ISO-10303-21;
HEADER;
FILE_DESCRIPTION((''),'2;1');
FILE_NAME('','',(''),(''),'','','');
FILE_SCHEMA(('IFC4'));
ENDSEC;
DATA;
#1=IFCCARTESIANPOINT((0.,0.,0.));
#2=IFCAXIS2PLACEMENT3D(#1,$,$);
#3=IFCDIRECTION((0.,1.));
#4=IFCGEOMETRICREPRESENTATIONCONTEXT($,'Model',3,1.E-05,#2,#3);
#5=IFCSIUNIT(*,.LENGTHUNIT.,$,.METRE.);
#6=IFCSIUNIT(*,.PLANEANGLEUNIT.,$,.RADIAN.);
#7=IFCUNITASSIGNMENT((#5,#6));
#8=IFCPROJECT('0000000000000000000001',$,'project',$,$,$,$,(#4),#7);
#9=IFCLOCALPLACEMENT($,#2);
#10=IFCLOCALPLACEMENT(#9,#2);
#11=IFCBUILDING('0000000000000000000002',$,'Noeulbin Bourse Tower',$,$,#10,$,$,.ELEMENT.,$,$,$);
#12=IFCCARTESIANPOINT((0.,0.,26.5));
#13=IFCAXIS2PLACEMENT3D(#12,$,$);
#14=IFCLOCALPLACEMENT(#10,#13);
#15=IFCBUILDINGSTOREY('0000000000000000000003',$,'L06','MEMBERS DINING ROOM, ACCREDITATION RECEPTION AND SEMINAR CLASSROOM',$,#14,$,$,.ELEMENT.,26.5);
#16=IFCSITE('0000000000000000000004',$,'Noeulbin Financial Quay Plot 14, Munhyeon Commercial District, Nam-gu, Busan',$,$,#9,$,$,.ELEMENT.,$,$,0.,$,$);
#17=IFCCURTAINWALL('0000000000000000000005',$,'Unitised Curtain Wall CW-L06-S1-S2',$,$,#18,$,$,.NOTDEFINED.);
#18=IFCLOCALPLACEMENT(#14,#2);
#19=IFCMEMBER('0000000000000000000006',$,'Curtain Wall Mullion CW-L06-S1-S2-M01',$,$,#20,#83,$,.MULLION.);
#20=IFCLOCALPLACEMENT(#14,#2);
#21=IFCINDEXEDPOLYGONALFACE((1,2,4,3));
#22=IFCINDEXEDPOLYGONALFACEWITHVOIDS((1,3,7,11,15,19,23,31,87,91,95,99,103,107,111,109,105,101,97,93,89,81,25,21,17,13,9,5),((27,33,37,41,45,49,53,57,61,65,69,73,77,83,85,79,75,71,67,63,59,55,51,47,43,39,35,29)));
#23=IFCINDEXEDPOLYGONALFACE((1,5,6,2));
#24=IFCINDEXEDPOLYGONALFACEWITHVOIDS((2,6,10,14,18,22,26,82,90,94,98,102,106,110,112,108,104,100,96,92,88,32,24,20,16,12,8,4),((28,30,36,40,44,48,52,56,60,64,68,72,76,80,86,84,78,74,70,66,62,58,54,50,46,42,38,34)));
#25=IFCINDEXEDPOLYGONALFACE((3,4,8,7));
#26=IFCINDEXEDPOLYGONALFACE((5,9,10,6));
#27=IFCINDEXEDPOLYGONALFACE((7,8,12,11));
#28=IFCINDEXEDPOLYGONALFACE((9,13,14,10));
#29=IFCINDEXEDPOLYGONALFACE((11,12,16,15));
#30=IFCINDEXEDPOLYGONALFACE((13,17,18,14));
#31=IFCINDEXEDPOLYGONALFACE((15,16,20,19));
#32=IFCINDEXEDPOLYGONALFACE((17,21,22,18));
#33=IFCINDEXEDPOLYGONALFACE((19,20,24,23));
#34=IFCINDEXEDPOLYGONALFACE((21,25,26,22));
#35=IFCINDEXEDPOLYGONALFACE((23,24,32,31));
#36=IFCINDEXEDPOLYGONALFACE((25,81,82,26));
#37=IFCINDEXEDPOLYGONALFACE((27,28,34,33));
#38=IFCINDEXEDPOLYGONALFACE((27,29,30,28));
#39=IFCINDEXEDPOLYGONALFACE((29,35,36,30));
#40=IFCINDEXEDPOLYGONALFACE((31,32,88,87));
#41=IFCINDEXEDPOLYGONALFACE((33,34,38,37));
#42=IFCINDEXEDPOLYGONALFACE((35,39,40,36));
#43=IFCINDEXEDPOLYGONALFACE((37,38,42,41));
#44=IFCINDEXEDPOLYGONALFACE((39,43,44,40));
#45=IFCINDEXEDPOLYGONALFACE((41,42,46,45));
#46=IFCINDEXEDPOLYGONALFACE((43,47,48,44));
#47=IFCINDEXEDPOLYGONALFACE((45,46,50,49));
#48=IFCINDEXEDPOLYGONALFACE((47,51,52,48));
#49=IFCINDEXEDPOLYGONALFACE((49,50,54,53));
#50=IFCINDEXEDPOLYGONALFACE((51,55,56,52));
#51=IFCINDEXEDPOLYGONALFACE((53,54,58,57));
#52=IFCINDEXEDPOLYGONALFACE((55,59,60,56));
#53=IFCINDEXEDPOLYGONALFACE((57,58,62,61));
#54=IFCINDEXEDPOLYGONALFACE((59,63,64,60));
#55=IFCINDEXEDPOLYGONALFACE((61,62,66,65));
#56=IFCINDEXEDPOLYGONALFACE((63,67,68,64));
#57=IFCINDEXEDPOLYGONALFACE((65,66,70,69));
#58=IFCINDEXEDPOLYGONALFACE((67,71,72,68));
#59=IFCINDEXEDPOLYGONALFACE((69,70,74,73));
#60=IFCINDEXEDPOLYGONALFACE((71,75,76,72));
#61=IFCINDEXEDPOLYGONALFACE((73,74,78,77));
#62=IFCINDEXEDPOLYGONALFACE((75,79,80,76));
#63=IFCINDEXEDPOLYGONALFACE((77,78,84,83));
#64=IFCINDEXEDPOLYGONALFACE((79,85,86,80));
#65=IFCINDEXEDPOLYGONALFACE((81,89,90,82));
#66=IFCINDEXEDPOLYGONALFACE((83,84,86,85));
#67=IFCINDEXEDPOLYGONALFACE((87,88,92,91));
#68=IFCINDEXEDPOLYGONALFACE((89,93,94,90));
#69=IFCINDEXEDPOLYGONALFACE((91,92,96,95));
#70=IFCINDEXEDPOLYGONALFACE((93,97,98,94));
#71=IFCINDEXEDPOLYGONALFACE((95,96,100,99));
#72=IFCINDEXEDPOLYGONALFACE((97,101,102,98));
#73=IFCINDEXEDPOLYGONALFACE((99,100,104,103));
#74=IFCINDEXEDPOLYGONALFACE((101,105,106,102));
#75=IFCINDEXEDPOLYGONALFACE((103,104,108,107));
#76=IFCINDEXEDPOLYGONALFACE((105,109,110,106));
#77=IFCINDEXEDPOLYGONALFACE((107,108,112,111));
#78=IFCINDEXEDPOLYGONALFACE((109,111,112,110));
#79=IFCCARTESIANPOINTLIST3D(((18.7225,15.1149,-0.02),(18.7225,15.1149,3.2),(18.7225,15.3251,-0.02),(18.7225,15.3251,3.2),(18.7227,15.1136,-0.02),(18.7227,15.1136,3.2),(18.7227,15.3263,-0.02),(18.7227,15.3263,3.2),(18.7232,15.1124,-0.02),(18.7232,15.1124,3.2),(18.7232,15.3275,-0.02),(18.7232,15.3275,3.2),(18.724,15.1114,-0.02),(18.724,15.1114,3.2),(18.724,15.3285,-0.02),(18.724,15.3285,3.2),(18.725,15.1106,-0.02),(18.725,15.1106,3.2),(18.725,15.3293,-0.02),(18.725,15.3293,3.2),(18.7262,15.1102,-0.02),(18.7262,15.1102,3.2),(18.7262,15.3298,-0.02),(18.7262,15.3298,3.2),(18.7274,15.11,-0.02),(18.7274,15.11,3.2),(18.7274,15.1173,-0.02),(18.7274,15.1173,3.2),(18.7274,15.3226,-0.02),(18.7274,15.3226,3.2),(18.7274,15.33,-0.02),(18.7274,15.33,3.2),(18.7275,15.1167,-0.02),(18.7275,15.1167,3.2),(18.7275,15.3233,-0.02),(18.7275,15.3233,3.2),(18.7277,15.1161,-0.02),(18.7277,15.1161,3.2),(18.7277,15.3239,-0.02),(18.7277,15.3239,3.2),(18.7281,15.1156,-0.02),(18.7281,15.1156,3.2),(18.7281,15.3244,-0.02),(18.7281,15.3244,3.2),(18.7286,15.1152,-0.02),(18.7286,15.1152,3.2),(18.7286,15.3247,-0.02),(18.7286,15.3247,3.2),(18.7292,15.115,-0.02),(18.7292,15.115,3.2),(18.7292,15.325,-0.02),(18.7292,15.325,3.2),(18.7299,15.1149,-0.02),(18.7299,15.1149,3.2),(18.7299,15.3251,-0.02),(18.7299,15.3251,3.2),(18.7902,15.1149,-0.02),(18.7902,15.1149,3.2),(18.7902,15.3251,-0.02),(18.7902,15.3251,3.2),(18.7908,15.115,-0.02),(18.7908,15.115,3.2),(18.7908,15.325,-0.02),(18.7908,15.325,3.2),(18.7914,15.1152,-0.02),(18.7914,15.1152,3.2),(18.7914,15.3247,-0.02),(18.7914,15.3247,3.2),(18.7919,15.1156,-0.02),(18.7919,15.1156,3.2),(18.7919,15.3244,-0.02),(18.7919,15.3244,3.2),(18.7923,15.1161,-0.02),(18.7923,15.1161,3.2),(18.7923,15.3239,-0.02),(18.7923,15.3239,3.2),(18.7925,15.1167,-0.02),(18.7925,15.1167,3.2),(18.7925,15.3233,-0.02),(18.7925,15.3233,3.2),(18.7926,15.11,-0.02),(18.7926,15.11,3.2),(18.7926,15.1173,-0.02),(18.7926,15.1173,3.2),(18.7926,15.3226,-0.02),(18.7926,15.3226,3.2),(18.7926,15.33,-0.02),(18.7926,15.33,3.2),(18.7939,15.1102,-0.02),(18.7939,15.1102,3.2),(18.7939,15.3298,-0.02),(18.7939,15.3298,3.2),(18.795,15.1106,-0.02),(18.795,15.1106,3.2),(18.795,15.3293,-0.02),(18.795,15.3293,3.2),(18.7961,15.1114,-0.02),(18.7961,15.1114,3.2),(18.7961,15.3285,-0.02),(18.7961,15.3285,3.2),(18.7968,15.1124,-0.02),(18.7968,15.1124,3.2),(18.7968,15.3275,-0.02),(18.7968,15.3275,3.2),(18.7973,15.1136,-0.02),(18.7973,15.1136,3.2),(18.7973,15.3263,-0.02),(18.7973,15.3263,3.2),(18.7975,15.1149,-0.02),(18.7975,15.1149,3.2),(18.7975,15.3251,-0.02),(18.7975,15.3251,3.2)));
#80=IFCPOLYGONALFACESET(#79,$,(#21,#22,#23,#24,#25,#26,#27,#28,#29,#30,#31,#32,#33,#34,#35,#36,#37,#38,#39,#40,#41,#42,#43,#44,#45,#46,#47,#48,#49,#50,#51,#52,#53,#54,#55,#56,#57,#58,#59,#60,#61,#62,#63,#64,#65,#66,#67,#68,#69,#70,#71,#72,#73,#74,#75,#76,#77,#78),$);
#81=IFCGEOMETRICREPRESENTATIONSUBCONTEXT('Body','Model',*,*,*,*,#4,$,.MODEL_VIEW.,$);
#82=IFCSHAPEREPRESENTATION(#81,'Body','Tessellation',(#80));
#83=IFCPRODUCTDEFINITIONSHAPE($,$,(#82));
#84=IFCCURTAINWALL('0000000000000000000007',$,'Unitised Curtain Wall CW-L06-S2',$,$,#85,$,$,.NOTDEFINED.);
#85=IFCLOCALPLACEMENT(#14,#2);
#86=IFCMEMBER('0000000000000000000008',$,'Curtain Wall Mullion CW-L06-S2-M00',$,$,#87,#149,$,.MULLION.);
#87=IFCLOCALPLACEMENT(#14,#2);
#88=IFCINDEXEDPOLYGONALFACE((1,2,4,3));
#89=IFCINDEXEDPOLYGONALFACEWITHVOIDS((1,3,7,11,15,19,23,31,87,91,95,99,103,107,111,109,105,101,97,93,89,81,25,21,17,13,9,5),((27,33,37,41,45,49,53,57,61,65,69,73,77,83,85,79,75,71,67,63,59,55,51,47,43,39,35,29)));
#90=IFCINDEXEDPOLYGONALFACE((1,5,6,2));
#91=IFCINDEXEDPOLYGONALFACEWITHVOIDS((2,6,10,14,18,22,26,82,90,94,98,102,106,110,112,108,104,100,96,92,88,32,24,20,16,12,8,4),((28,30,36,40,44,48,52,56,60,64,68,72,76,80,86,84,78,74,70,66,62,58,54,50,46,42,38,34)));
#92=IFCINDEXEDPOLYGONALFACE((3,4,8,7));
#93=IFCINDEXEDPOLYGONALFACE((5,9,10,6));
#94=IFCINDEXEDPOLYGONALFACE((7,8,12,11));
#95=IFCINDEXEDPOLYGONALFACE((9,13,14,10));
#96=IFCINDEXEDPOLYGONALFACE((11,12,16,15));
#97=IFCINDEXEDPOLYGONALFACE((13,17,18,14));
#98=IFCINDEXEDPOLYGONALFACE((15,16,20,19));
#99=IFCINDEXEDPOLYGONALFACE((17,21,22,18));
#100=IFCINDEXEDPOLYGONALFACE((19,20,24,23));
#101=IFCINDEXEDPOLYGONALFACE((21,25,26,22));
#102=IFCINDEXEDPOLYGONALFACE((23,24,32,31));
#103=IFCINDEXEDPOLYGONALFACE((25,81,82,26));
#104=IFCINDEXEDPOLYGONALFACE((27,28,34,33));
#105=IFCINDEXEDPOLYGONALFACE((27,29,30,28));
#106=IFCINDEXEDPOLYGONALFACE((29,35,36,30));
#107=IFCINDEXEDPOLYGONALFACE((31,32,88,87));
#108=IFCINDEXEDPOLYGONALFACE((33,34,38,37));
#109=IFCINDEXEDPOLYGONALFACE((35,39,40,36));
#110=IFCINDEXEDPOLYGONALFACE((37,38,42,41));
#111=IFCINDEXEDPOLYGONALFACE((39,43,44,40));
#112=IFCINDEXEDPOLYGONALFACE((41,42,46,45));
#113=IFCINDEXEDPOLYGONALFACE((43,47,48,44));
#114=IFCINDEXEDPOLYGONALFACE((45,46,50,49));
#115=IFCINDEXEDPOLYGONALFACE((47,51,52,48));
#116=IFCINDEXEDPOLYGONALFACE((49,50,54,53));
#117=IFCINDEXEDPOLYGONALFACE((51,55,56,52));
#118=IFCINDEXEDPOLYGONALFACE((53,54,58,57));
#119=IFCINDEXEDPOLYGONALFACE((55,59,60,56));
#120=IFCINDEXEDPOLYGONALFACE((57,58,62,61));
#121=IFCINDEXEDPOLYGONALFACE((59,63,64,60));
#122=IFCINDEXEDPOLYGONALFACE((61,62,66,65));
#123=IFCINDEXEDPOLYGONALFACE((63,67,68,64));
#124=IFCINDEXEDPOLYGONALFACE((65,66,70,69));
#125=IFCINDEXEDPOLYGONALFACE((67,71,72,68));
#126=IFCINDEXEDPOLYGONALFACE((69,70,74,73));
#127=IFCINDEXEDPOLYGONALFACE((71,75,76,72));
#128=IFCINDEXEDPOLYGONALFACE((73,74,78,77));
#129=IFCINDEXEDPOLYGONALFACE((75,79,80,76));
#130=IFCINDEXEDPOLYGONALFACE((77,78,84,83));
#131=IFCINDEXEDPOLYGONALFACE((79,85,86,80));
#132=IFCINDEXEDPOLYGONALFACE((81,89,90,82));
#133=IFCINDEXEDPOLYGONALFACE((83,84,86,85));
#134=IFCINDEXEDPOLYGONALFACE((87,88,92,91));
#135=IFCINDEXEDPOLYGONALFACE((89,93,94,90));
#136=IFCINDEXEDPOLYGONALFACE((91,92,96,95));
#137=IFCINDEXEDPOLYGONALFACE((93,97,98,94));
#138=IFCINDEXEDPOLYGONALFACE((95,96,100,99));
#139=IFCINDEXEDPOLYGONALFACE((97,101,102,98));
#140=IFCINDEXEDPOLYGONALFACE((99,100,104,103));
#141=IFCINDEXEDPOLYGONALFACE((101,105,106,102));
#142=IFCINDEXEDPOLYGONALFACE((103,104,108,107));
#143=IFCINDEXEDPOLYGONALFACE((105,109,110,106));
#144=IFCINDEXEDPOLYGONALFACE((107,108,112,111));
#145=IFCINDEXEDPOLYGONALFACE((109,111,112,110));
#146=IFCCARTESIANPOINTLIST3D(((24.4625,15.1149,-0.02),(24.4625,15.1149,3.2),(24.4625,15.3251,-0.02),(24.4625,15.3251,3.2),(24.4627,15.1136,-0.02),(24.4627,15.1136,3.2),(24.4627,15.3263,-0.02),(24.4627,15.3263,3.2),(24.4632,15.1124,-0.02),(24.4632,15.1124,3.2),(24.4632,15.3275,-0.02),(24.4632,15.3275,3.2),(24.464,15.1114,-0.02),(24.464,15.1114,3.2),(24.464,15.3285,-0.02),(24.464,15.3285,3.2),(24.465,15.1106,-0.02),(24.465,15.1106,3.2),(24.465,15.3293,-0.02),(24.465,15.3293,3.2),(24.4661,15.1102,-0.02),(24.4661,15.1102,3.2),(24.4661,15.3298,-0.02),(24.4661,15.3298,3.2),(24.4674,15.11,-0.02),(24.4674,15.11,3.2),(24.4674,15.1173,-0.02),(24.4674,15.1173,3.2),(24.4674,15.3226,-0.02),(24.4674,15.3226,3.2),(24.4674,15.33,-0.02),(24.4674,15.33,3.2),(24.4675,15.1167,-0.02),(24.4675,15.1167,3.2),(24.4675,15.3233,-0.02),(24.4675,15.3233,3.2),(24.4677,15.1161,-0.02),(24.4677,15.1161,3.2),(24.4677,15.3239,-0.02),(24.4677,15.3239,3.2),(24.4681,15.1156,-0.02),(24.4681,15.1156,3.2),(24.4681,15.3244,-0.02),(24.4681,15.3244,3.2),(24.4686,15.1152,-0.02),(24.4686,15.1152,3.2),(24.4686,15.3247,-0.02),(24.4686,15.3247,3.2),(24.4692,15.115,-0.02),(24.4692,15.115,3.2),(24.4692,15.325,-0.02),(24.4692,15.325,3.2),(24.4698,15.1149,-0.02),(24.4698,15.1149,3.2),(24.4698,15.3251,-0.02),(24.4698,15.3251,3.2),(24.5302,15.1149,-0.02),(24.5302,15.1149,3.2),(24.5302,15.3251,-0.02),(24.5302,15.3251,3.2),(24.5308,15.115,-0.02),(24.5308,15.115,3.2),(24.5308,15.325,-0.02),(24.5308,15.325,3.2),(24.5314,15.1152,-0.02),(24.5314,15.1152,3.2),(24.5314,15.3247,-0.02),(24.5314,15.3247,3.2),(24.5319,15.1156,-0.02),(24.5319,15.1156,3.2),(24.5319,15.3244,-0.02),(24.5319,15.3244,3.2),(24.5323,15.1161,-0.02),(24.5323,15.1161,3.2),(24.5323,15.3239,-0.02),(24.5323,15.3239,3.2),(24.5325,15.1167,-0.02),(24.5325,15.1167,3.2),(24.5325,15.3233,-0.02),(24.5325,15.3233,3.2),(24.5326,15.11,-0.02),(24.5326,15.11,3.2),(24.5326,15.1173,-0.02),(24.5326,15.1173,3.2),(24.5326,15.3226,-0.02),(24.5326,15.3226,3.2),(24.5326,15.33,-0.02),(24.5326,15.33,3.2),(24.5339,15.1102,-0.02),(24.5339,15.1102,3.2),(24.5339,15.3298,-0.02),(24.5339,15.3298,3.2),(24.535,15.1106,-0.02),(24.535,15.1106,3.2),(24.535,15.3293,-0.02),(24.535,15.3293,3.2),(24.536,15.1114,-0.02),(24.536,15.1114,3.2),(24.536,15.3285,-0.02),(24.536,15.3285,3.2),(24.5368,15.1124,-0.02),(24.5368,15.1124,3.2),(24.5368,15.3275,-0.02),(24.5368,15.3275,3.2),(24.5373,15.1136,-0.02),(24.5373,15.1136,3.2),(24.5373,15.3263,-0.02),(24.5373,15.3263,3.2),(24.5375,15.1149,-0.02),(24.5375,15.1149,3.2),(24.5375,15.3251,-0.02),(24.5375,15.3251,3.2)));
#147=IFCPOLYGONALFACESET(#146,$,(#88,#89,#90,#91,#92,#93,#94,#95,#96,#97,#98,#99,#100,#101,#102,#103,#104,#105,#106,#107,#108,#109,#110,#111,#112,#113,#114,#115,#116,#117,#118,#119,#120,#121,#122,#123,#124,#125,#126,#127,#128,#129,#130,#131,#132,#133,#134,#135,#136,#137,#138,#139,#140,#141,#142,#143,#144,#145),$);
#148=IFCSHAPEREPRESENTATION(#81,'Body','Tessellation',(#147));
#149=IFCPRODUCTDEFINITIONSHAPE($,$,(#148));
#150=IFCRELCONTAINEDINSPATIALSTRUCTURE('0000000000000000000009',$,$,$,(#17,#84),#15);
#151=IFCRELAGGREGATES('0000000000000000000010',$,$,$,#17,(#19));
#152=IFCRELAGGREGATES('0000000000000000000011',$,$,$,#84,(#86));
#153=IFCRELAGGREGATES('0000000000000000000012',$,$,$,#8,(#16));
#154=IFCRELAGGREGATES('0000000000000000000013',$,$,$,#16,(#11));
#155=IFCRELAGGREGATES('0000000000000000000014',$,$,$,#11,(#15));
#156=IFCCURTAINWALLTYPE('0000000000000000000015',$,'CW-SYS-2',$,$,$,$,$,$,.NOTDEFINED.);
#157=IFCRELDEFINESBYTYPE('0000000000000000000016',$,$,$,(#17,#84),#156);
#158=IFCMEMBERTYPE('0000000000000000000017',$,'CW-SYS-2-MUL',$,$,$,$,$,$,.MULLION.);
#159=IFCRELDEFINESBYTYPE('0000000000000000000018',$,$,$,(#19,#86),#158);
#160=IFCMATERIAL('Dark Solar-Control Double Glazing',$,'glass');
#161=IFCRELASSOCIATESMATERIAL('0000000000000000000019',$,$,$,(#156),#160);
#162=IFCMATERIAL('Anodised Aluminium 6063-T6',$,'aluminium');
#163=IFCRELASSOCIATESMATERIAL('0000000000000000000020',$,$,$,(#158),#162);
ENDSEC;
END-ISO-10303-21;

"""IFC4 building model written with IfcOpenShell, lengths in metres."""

from ifc_helpers import new_model, si_unit, direction, frame, origin, origin_2d, place, context, subcontext, project, spatial, hollow_rectangle, extrude, material, material_profile, profile_set, type_object, element, aggregate, save


model = new_model("IFC4")

# Units and contexts
model_context = context("Model", 3, precision=1e-05, world=origin(), true_north=direction((0.0, 1.0)))
body_context = subcontext(model_context, "Body", "Model", "MODEL_VIEW")
ifc_project = project(units=[si_unit("LENGTHUNIT", "METRE"), si_unit("PLANEANGLEUNIT", "RADIAN")], contexts=[model_context])

# Site, building, storey
site_placement = place(None, origin())
site = spatial("IfcSite", under=ifc_project, at=site_placement, Name="Noeulbin Financial Quay Plot 14, Munhyeon Commercial District, Nam-gu, Busan", CompositionType="ELEMENT", RefElevation=0.0)
building_placement = place(site_placement, origin())
building = spatial("IfcBuilding", under=site, at=building_placement, Name="Noeulbin Bourse Tower", CompositionType="ELEMENT")
storey_placement = place(building_placement, frame((0.0, 0.0, 26.5)))
storey = spatial("IfcBuildingStorey", under=building, at=storey_placement, Name="L06", Description="MEMBERS DINING ROOM, ACCREDITATION RECEPTION AND SEMINAR CLASSROOM", CompositionType="ELEMENT", Elevation=26.5)

# Curtain wall, member
ifc_material_1 = material(Name="Dark Solar-Control Double Glazing", Category="glass")
curtain_wall_type = type_object("IfcCurtainWallType", Name="CW-SYS-2", PredefinedType="NOTDEFINED", material=ifc_material_1)
curtain_wall_1_placement = place(storey_placement, origin())
curtain_wall_1 = element("IfcCurtainWall", 1, at=curtain_wall_1_placement, inside=storey, type_object=curtain_wall_type, Name="Unitised Curtain Wall CW-L06-S1-S2", PredefinedType="NOTDEFINED")
ifc_material_2 = material(Name="Anodised Aluminium 6063-T6", Category="aluminium")
ifc_material_profile_1 = material_profile(ifc_material_2, hollow_rectangle(XDim=0.075, YDim=0.22, WallThickness=0.0049, InnerFilletRadius=0.0024, OuterFilletRadius=0.0049, at=origin_2d()), Name="ALU-MULL-75x220x5", Category="LoadBearing")
ifc_profile_set_1 = profile_set([ifc_material_profile_1], Name="Anodised Aluminium 6063-T6")
member_type_1 = type_object("IfcMemberType", Name="CW-SYS-2-MUL", PredefinedType="MULLION", material=ifc_profile_set_1)
member_1_placement = place(storey_placement, frame((18.76, 15.22, -0.02), z_axis=(0.0, 0.0, 1.0), x_axis=(1.0, 0.0, 0.0)))
member_1 = element("IfcMember", 2, at=member_1_placement, type_object=member_type_1, Name="Curtain Wall Mullion CW-L06-S1-S2-M01", PredefinedType="MULLION", context=body_context, shape_type="SweptSolid", body=[
    extrude(hollow_rectangle(XDim=0.075, YDim=0.22, WallThickness=0.0049, InnerFilletRadius=0.0024, OuterFilletRadius=0.0049, at=origin_2d()), origin(), (0.0, 0.0, 1.0), 3.22),
])
aggregate(curtain_wall_1, [member_1])

# Curtain wall, member
curtain_wall_2_placement = place(storey_placement, origin())
curtain_wall_2 = element("IfcCurtainWall", 3, at=curtain_wall_2_placement, inside=storey, type_object=curtain_wall_type, Name="Unitised Curtain Wall CW-L06-S2", PredefinedType="NOTDEFINED")
member_2_placement = place(storey_placement, frame((24.5, 15.22, -0.02), z_axis=(0.0, 0.0, 1.0), x_axis=(1.0, 0.0, 0.0)))
member_2 = element("IfcMember", 4, at=member_2_placement, type_object=member_type_1, Name="Curtain Wall Mullion CW-L06-S2-M00", PredefinedType="MULLION", context=body_context, shape_type="SweptSolid", body=[
    extrude(hollow_rectangle(XDim=0.075, YDim=0.22, WallThickness=0.0049, InnerFilletRadius=0.0024, OuterFilletRadius=0.0049, at=origin_2d()), origin(), (0.0, 0.0, 1.0), 3.22),
])
aggregate(curtain_wall_2, [member_2])

save(model, "model.ifc")
